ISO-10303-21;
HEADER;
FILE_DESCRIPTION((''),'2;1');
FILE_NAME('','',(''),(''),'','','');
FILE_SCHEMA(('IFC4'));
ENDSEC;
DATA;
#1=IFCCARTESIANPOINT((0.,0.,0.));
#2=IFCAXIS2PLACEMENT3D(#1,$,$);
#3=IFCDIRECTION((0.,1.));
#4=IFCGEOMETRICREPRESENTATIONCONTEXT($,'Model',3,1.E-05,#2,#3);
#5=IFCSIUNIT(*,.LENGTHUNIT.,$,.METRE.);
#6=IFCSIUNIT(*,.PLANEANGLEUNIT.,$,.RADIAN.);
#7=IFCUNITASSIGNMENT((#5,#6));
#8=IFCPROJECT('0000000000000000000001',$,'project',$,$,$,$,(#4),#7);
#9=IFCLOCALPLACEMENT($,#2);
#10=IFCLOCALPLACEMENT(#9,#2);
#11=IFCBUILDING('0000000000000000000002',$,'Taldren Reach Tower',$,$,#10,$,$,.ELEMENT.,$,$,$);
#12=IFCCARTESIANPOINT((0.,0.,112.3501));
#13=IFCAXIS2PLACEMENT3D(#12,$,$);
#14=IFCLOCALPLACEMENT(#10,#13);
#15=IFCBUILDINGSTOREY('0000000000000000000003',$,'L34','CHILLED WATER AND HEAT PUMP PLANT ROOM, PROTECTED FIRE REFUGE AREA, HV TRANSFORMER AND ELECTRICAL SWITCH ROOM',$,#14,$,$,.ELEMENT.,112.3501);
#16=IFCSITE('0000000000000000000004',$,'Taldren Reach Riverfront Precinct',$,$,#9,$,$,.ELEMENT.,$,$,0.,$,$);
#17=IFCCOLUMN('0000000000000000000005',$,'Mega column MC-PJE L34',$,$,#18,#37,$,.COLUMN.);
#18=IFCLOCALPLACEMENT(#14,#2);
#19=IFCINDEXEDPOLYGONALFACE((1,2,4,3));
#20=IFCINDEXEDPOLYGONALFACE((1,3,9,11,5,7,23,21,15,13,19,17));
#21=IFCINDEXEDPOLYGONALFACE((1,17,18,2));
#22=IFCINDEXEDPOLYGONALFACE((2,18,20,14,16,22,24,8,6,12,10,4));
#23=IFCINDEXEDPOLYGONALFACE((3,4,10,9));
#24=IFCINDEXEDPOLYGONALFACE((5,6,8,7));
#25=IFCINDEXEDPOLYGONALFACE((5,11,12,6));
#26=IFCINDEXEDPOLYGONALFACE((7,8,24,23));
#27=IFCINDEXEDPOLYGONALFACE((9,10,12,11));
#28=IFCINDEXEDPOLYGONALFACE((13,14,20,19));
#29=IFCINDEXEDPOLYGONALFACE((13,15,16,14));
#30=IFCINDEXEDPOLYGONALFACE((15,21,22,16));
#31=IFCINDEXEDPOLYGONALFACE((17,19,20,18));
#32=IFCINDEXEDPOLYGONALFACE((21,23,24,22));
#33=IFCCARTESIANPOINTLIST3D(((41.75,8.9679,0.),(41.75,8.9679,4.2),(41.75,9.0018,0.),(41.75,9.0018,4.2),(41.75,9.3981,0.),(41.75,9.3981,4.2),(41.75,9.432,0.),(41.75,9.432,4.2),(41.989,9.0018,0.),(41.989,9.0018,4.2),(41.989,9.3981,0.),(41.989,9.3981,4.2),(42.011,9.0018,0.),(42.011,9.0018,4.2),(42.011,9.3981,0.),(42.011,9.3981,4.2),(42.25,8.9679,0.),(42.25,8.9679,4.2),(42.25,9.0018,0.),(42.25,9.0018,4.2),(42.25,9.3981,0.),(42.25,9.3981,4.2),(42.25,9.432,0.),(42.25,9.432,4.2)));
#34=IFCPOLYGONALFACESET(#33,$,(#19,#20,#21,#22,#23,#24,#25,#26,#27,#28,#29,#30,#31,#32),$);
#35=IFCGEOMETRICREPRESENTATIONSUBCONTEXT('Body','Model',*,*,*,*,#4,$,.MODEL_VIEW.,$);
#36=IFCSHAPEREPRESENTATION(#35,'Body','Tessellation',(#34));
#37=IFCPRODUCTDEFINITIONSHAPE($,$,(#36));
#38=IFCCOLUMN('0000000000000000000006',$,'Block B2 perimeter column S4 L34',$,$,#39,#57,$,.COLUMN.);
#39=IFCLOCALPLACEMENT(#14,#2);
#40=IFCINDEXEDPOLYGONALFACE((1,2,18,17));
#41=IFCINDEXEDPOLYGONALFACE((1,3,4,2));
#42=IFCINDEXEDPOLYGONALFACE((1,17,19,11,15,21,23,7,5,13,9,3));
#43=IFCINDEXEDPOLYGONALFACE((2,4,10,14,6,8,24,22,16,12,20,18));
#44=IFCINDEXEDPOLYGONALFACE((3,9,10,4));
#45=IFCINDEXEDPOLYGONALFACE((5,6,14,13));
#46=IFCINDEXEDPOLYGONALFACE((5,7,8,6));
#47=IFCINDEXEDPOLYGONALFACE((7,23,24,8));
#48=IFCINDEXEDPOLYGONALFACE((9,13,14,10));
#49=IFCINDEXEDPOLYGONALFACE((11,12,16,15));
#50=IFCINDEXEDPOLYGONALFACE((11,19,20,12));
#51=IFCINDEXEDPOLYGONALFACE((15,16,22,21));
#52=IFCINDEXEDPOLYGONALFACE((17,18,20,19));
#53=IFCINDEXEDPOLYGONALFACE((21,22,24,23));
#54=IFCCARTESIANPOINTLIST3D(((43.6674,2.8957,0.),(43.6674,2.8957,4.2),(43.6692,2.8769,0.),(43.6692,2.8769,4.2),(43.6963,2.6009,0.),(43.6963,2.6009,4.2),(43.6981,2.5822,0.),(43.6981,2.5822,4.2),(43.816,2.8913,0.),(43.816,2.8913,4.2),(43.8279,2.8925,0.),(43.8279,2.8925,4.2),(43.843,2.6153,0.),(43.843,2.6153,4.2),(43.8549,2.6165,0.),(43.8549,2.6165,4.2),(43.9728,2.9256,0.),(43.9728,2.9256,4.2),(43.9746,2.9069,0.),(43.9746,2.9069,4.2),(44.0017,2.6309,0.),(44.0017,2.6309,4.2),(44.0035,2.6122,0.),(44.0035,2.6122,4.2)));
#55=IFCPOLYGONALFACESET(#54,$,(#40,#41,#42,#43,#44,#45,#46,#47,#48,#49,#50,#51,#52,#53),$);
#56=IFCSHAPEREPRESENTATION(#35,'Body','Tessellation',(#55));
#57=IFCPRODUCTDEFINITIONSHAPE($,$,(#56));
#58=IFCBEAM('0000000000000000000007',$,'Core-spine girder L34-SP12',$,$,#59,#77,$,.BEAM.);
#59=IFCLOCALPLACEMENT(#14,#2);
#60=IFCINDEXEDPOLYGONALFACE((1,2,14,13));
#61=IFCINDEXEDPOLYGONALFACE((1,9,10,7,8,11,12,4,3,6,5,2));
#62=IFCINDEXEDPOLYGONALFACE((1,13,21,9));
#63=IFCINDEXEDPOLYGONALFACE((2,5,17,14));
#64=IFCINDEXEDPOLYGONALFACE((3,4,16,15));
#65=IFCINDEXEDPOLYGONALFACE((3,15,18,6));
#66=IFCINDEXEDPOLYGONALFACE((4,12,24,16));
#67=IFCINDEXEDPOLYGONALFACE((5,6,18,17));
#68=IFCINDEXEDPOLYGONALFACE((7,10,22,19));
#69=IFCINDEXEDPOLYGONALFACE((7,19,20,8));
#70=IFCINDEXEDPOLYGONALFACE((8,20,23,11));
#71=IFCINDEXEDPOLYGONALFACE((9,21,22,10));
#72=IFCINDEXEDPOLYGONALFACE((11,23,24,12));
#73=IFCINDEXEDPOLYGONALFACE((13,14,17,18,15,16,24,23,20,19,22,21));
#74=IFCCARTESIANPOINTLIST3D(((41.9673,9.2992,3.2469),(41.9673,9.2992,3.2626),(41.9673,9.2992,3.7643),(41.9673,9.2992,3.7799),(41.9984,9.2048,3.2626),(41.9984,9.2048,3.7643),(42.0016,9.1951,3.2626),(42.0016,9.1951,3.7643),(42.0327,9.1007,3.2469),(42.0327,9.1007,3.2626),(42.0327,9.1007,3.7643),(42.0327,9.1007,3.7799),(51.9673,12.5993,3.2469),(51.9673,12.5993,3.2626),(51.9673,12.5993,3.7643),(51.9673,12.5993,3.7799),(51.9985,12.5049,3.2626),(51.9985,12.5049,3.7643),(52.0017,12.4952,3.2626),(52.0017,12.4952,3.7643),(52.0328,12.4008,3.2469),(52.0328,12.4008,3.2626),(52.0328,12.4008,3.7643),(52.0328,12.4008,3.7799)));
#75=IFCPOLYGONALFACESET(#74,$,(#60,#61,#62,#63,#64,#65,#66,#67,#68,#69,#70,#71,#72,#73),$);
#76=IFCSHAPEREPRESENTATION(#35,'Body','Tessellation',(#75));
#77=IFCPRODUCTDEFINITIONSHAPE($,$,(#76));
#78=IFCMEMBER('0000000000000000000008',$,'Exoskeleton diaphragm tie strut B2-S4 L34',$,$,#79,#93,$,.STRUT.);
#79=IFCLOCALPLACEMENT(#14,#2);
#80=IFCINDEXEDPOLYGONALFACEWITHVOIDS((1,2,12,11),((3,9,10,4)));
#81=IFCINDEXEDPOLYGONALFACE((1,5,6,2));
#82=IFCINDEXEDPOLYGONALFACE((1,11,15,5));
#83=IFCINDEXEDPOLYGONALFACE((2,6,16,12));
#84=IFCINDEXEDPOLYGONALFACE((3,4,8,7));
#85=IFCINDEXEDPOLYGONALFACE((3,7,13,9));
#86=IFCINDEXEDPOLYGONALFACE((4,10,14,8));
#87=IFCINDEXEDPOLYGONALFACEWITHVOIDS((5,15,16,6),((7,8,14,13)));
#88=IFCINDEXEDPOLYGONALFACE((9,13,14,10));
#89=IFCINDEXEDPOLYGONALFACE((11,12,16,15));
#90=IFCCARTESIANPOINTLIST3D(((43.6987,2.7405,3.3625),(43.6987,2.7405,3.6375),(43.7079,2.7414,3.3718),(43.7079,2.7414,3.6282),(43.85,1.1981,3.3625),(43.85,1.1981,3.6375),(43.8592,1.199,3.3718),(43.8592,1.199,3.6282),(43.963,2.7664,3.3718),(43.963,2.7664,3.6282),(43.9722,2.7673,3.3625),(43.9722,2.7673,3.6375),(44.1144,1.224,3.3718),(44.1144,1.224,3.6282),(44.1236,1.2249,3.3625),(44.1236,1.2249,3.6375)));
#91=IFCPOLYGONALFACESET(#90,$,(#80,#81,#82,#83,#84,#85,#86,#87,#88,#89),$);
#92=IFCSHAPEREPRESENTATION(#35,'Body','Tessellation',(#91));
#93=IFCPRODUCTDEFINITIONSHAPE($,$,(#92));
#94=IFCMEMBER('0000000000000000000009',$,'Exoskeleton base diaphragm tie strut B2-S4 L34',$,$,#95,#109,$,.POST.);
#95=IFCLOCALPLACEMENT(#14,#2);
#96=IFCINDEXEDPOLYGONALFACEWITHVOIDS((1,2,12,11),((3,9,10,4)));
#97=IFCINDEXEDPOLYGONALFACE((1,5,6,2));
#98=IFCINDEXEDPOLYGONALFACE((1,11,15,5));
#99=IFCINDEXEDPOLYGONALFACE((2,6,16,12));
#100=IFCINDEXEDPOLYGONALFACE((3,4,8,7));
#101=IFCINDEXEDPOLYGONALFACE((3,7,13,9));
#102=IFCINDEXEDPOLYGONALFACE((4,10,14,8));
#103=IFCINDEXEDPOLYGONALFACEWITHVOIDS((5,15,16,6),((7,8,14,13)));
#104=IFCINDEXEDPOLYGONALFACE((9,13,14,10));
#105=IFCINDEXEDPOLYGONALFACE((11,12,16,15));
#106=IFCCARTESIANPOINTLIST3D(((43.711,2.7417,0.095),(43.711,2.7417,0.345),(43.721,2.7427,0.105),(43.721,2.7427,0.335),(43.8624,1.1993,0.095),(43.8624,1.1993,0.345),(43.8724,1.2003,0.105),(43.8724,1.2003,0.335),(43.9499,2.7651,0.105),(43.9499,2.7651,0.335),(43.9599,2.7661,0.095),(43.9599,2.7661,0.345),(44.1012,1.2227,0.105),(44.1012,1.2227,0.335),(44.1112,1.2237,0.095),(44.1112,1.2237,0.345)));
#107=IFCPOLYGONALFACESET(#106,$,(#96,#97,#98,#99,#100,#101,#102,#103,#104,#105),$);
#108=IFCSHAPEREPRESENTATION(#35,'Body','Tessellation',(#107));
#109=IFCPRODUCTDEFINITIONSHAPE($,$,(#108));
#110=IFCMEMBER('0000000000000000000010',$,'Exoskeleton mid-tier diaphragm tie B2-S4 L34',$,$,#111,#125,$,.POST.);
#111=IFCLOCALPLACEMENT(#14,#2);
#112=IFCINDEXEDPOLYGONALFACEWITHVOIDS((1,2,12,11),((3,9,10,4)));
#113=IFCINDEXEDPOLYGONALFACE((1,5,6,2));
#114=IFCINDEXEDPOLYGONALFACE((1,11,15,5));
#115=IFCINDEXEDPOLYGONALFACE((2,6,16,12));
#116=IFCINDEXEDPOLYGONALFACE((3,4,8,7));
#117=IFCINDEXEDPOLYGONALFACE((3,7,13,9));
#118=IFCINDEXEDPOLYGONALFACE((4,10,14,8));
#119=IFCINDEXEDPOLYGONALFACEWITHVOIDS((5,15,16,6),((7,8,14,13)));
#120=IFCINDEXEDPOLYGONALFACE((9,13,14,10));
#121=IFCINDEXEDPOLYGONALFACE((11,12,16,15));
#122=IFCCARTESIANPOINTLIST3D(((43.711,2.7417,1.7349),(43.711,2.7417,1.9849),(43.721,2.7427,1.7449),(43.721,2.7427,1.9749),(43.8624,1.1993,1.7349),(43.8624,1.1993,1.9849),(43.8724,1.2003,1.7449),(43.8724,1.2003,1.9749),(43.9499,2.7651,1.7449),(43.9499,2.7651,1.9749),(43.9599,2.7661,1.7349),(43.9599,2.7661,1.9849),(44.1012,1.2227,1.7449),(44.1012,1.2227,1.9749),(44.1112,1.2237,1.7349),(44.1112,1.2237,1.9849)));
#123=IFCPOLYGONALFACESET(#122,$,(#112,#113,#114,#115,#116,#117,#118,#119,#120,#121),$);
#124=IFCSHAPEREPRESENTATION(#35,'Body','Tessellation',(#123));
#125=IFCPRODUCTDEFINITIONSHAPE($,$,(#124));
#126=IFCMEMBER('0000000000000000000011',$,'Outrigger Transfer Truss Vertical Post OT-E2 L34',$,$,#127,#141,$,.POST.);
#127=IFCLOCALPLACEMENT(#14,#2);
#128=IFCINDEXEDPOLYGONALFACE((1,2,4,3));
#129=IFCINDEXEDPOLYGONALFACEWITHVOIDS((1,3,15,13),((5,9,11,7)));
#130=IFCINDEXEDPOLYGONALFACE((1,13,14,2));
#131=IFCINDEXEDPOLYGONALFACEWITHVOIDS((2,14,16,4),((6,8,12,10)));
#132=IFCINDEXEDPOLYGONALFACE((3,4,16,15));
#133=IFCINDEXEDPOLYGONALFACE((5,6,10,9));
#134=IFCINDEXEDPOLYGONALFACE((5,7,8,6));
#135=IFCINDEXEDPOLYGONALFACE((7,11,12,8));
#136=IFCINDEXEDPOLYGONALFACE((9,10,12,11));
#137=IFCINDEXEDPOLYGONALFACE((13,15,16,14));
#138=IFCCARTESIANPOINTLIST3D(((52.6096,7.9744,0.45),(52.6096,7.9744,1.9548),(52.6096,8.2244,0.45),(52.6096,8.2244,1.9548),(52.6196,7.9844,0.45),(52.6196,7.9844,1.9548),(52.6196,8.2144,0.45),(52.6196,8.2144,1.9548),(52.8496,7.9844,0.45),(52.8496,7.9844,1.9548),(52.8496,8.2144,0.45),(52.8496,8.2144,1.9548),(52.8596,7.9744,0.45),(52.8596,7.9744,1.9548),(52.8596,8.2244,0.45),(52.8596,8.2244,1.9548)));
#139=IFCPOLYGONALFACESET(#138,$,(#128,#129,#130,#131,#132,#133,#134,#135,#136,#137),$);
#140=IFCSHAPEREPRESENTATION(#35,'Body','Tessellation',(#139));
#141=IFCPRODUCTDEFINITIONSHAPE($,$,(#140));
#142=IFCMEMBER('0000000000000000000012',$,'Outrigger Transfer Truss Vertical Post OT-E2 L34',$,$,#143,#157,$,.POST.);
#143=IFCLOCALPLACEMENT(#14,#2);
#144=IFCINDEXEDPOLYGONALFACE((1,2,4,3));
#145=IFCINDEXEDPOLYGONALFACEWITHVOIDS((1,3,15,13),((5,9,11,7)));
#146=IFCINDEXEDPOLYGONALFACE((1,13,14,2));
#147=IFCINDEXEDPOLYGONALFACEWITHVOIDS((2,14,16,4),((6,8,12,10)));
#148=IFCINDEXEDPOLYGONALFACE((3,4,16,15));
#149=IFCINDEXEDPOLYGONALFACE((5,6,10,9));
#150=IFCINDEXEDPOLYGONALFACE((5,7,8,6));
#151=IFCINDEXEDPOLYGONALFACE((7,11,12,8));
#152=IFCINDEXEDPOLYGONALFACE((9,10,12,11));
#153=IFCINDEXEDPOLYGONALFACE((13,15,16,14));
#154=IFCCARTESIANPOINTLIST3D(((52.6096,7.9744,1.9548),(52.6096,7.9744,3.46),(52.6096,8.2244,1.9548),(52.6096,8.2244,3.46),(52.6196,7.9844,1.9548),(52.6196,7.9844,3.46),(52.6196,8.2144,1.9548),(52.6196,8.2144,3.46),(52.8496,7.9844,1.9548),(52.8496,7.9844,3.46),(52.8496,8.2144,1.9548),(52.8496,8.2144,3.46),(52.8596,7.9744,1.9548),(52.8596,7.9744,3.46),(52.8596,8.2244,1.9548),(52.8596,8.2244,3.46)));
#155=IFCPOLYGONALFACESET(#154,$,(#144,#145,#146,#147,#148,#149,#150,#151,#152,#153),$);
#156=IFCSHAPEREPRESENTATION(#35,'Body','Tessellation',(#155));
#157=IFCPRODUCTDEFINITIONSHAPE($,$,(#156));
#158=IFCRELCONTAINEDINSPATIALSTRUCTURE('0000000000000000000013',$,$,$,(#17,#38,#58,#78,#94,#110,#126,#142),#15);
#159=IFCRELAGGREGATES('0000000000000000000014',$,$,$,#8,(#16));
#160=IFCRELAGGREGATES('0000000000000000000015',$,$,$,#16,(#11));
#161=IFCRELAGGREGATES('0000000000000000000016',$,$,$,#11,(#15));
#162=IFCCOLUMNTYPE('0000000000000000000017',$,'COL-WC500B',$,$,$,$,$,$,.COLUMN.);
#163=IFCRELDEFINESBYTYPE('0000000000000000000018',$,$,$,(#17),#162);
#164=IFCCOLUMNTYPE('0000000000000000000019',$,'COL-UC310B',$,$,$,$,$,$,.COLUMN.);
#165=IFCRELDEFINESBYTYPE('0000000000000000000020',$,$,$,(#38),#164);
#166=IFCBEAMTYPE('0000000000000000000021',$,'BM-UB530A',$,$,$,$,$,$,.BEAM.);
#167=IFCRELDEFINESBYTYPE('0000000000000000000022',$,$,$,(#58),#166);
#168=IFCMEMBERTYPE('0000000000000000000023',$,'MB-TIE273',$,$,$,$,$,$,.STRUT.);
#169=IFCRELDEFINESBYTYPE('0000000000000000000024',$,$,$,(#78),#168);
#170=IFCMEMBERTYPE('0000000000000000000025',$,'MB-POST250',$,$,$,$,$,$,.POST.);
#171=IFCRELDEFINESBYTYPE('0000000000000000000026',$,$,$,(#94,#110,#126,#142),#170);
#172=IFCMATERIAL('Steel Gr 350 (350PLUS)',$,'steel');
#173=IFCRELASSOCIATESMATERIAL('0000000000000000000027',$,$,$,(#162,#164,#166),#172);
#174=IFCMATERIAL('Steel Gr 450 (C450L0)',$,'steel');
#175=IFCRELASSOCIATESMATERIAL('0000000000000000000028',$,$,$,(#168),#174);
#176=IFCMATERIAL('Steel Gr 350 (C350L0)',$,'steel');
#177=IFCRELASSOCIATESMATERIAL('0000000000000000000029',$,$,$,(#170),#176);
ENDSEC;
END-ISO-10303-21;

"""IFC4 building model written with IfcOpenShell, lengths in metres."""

from ifc_helpers import new_model, si_unit, direction, frame, origin, origin_2d, place, context, subcontext, project, spatial, hollow_rectangle, i_section, extrude, source, transform, mapped, material, material_profile, profile_set, type_object, element, save


model = new_model("IFC4")

# Units and contexts
model_context = context("Model", 3, precision=1e-05, world=origin(), true_north=direction((0.0, 1.0)))
body_context = subcontext(model_context, "Body", "Model", "MODEL_VIEW")
ifc_project = project(units=[si_unit("LENGTHUNIT", "METRE"), si_unit("PLANEANGLEUNIT", "RADIAN")], contexts=[model_context])

# Site, building, storey
site_placement = place(None, origin())
site = spatial("IfcSite", under=ifc_project, at=site_placement, Name="Taldren Reach Riverfront Precinct", CompositionType="ELEMENT", RefElevation=0.0)
building_placement = place(site_placement, origin())
building = spatial("IfcBuilding", under=site, at=building_placement, Name="Taldren Reach Tower", CompositionType="ELEMENT")
storey_placement = place(building_placement, frame((0.0, 0.0, 112.3501)))
storey = spatial("IfcBuildingStorey", under=building, at=storey_placement, Name="L34", Description="CHILLED WATER AND HEAT PUMP PLANT ROOM, PROTECTED FIRE REFUGE AREA, HV TRANSFORMER AND ELECTRICAL SWITCH ROOM", CompositionType="ELEMENT", Elevation=112.3501)

# Columns
ifc_material_1 = material(Name="Steel Gr 350 (350PLUS)", Category="steel")
ifc_material_profile_1 = material_profile(ifc_material_1, i_section(OverallWidth=0.5, OverallDepth=0.4641, WebThickness=0.022, FlangeThickness=0.0339, at=origin_2d()), Name="500WC340")
ifc_profile_set_1 = profile_set([ifc_material_profile_1], Name="Steel Gr 350 (350PLUS)")
column_type_1 = type_object("IfcColumnType", Name="COL-WC500B", PredefinedType="COLUMN", material=ifc_profile_set_1)
shared_shape_1 = source(origin(), body_context, "Body", "SweptSolid", [
    extrude(i_section(OverallWidth=0.5, OverallDepth=0.4641, WebThickness=0.022, FlangeThickness=0.0339, at=origin_2d()), origin(), (0.0, 0.0, 1.0), 4.2),
])
column_1_placement = place(storey_placement, frame((42.0, 9.2, 0.0), z_axis=(0.0, 0.0, 1.0), x_axis=(1.0, 0.0, 0.0)))
element("IfcColumn", 1, at=column_1_placement, inside=storey, type_object=column_type_1, Name="Mega column MC-PJE L34", PredefinedType="COLUMN", context=body_context, shape_type="MappedRepresentation", body=[
    mapped(shared_shape_1, transform((0.0, 0.0, 0.0), scale=1.0)),
])
ifc_material_profile_2 = material_profile(ifc_material_1, i_section(OverallWidth=0.3069, OverallDepth=0.3149, WebThickness=0.012, FlangeThickness=0.0188, at=origin_2d()), Name="310UC118")
ifc_profile_set_2 = profile_set([ifc_material_profile_2], Name="Steel Gr 350 (350PLUS)")
column_type_2 = type_object("IfcColumnType", Name="COL-UC310B", PredefinedType="COLUMN", material=ifc_profile_set_2)
shared_shape_2 = source(origin(), body_context, "Body", "SweptSolid", [
    extrude(i_section(OverallWidth=0.3069, OverallDepth=0.3149, WebThickness=0.012, FlangeThickness=0.0188, at=origin_2d()), origin(), (0.0, 0.0, 1.0), 4.2),
])
column_2_placement = place(storey_placement, frame((43.8354, 2.7539, 0.0), z_axis=(0.0, 0.0, 1.0), x_axis=(0.995227, 0.097583, 0.0)))
element("IfcColumn", 2, at=column_2_placement, inside=storey, type_object=column_type_2, Name="Block B2 perimeter column S4 L34", PredefinedType="COLUMN", context=body_context, shape_type="MappedRepresentation", body=[
    mapped(shared_shape_2, transform((0.0, 0.0, 0.0), scale=1.0)),
])

# Beam
ifc_material_profile_3 = material_profile(ifc_material_1, i_section(OverallWidth=0.209, OverallDepth=0.533, WebThickness=0.0103, FlangeThickness=0.0156, at=origin_2d()), Name="530UB92.4")
ifc_profile_set_3 = profile_set([ifc_material_profile_3], Name="Steel Gr 350 (350PLUS)")
beam_type_1 = type_object("IfcBeamType", Name="BM-UB530A", PredefinedType="BEAM", material=ifc_profile_set_3)
shared_shape_3 = source(origin(), body_context, "Body", "SweptSolid", [
    extrude(i_section(OverallWidth=0.209, OverallDepth=0.533, WebThickness=0.0103, FlangeThickness=0.0156, at=origin_2d()), origin(), (0.0, 0.0, 1.0), 10.5305),
])
beam_1_placement = place(storey_placement, frame((42.0, 9.2, 3.5134), z_axis=(0.949627, 0.313382, 0.0), x_axis=(-0.313382, 0.949627, 0.0)))
element("IfcBeam", 3, at=beam_1_placement, inside=storey, type_object=beam_type_1, Name="Core-spine girder L34-SP12", PredefinedType="BEAM", context=body_context, shape_type="MappedRepresentation", body=[
    mapped(shared_shape_3, transform((0.0, 0.0, 0.0), scale=1.0)),
])

# Members
ifc_material_2 = material(Name="Steel Gr 450 (C450L0)", Category="steel")
ifc_material_profile_4 = material_profile(ifc_material_2, hollow_rectangle(XDim=0.2749, YDim=0.2749, WallThickness=0.0093, at=origin_2d()), Name="275x275x9.3SHS")
ifc_profile_set_4 = profile_set([ifc_material_profile_4], Name="Steel Gr 450 (C450L0)")
member_type_1 = type_object("IfcMemberType", Name="MB-TIE273", PredefinedType="STRUT", material=ifc_profile_set_4)
shared_shape_4 = source(origin(), body_context, "Body", "SweptSolid", [
    extrude(hollow_rectangle(XDim=0.2749, YDim=0.2749, WallThickness=0.0093, at=origin_2d()), origin(), (0.0, 0.0, 1.0), 1.5498),
])
member_1_placement = place(storey_placement, frame((43.8354, 2.7539, 3.5), z_axis=(0.097663, -0.99522, 0.0), x_axis=(0.99522, 0.097663, 0.0)))
element("IfcMember", 4, at=member_1_placement, inside=storey, type_object=member_type_1, Name="Exoskeleton diaphragm tie strut B2-S4 L34", PredefinedType="STRUT", context=body_context, shape_type="MappedRepresentation", body=[
    mapped(shared_shape_4, transform((0.0, 0.0, 0.0), scale=1.0)),
])
ifc_material_3 = material(Name="Steel Gr 350 (C350L0)", Category="steel")
ifc_material_profile_5 = material_profile(ifc_material_3, hollow_rectangle(XDim=0.25, YDim=0.25, WallThickness=0.01, at=origin_2d()), Name="250x250x10.0SHS")
ifc_profile_set_5 = profile_set([ifc_material_profile_5], Name="Steel Gr 350 (C350L0)")
member_type_2 = type_object("IfcMemberType", Name="MB-POST250", PredefinedType="POST", material=ifc_profile_set_5)
shared_shape_5 = source(origin(), body_context, "Body", "SweptSolid", [
    extrude(hollow_rectangle(XDim=0.25, YDim=0.25, WallThickness=0.01, at=origin_2d()), origin(), (0.0, 0.0, 1.0), 1.5498),
])
for number, where, z_axis, x_axis, name in (
    (5, (43.8354, 2.7539, 0.22), (0.097663, -0.99522, 0.0), (0.99522, 0.097663, 0.0), "Exoskeleton base diaphragm tie strut B2-S4 L34"),
    (6, (43.8354, 2.7539, 1.8599), (0.097663, -0.99522, 0.0), (0.99522, 0.097663, 0.0), "Exoskeleton mid-tier diaphragm tie B2-S4 L34"),
):
    element("IfcMember", number, at=place(storey_placement, frame(where, z_axis=z_axis, x_axis=x_axis)), inside=storey, type_object=member_type_2, Name=name, PredefinedType="POST", context=body_context, shape_type="MappedRepresentation", body=[
        mapped(shared_shape_5, transform((0.0, 0.0, 0.0), scale=1.0)),
    ])
shared_shape_6 = source(origin(), body_context, "Body", "SweptSolid", [
    extrude(hollow_rectangle(XDim=0.25, YDim=0.25, WallThickness=0.01, at=origin_2d()), origin(), (0.0, 0.0, 1.0), 1.5049),
])
member_2_placement = place(storey_placement, frame((52.7346, 8.0994, 0.45), z_axis=(0.0, 0.0, 1.0), x_axis=(1.0, 0.0, 0.0)))
element("IfcMember", 7, at=member_2_placement, inside=storey, type_object=member_type_2, Name="Outrigger Transfer Truss Vertical Post OT-E2 L34", PredefinedType="POST", context=body_context, shape_type="MappedRepresentation", body=[
    mapped(shared_shape_6, transform((0.0, 0.0, 0.0), scale=1.0)),
])
shared_shape_7 = source(origin(), body_context, "Body", "SweptSolid", [
    extrude(hollow_rectangle(XDim=0.25, YDim=0.25, WallThickness=0.01, at=origin_2d()), origin(), (0.0, 0.0, 1.0), 1.5051),
])
member_3_placement = place(storey_placement, frame((52.7346, 8.0994, 1.9548), z_axis=(0.0, 0.0, 1.0), x_axis=(1.0, 0.0, 0.0)))
element("IfcMember", 8, at=member_3_placement, inside=storey, type_object=member_type_2, Name="Outrigger Transfer Truss Vertical Post OT-E2 L34", PredefinedType="POST", context=body_context, shape_type="MappedRepresentation", body=[
    mapped(shared_shape_7, transform((0.0, 0.0, 0.0), scale=1.0)),
])

save(model, "model.ifc")
